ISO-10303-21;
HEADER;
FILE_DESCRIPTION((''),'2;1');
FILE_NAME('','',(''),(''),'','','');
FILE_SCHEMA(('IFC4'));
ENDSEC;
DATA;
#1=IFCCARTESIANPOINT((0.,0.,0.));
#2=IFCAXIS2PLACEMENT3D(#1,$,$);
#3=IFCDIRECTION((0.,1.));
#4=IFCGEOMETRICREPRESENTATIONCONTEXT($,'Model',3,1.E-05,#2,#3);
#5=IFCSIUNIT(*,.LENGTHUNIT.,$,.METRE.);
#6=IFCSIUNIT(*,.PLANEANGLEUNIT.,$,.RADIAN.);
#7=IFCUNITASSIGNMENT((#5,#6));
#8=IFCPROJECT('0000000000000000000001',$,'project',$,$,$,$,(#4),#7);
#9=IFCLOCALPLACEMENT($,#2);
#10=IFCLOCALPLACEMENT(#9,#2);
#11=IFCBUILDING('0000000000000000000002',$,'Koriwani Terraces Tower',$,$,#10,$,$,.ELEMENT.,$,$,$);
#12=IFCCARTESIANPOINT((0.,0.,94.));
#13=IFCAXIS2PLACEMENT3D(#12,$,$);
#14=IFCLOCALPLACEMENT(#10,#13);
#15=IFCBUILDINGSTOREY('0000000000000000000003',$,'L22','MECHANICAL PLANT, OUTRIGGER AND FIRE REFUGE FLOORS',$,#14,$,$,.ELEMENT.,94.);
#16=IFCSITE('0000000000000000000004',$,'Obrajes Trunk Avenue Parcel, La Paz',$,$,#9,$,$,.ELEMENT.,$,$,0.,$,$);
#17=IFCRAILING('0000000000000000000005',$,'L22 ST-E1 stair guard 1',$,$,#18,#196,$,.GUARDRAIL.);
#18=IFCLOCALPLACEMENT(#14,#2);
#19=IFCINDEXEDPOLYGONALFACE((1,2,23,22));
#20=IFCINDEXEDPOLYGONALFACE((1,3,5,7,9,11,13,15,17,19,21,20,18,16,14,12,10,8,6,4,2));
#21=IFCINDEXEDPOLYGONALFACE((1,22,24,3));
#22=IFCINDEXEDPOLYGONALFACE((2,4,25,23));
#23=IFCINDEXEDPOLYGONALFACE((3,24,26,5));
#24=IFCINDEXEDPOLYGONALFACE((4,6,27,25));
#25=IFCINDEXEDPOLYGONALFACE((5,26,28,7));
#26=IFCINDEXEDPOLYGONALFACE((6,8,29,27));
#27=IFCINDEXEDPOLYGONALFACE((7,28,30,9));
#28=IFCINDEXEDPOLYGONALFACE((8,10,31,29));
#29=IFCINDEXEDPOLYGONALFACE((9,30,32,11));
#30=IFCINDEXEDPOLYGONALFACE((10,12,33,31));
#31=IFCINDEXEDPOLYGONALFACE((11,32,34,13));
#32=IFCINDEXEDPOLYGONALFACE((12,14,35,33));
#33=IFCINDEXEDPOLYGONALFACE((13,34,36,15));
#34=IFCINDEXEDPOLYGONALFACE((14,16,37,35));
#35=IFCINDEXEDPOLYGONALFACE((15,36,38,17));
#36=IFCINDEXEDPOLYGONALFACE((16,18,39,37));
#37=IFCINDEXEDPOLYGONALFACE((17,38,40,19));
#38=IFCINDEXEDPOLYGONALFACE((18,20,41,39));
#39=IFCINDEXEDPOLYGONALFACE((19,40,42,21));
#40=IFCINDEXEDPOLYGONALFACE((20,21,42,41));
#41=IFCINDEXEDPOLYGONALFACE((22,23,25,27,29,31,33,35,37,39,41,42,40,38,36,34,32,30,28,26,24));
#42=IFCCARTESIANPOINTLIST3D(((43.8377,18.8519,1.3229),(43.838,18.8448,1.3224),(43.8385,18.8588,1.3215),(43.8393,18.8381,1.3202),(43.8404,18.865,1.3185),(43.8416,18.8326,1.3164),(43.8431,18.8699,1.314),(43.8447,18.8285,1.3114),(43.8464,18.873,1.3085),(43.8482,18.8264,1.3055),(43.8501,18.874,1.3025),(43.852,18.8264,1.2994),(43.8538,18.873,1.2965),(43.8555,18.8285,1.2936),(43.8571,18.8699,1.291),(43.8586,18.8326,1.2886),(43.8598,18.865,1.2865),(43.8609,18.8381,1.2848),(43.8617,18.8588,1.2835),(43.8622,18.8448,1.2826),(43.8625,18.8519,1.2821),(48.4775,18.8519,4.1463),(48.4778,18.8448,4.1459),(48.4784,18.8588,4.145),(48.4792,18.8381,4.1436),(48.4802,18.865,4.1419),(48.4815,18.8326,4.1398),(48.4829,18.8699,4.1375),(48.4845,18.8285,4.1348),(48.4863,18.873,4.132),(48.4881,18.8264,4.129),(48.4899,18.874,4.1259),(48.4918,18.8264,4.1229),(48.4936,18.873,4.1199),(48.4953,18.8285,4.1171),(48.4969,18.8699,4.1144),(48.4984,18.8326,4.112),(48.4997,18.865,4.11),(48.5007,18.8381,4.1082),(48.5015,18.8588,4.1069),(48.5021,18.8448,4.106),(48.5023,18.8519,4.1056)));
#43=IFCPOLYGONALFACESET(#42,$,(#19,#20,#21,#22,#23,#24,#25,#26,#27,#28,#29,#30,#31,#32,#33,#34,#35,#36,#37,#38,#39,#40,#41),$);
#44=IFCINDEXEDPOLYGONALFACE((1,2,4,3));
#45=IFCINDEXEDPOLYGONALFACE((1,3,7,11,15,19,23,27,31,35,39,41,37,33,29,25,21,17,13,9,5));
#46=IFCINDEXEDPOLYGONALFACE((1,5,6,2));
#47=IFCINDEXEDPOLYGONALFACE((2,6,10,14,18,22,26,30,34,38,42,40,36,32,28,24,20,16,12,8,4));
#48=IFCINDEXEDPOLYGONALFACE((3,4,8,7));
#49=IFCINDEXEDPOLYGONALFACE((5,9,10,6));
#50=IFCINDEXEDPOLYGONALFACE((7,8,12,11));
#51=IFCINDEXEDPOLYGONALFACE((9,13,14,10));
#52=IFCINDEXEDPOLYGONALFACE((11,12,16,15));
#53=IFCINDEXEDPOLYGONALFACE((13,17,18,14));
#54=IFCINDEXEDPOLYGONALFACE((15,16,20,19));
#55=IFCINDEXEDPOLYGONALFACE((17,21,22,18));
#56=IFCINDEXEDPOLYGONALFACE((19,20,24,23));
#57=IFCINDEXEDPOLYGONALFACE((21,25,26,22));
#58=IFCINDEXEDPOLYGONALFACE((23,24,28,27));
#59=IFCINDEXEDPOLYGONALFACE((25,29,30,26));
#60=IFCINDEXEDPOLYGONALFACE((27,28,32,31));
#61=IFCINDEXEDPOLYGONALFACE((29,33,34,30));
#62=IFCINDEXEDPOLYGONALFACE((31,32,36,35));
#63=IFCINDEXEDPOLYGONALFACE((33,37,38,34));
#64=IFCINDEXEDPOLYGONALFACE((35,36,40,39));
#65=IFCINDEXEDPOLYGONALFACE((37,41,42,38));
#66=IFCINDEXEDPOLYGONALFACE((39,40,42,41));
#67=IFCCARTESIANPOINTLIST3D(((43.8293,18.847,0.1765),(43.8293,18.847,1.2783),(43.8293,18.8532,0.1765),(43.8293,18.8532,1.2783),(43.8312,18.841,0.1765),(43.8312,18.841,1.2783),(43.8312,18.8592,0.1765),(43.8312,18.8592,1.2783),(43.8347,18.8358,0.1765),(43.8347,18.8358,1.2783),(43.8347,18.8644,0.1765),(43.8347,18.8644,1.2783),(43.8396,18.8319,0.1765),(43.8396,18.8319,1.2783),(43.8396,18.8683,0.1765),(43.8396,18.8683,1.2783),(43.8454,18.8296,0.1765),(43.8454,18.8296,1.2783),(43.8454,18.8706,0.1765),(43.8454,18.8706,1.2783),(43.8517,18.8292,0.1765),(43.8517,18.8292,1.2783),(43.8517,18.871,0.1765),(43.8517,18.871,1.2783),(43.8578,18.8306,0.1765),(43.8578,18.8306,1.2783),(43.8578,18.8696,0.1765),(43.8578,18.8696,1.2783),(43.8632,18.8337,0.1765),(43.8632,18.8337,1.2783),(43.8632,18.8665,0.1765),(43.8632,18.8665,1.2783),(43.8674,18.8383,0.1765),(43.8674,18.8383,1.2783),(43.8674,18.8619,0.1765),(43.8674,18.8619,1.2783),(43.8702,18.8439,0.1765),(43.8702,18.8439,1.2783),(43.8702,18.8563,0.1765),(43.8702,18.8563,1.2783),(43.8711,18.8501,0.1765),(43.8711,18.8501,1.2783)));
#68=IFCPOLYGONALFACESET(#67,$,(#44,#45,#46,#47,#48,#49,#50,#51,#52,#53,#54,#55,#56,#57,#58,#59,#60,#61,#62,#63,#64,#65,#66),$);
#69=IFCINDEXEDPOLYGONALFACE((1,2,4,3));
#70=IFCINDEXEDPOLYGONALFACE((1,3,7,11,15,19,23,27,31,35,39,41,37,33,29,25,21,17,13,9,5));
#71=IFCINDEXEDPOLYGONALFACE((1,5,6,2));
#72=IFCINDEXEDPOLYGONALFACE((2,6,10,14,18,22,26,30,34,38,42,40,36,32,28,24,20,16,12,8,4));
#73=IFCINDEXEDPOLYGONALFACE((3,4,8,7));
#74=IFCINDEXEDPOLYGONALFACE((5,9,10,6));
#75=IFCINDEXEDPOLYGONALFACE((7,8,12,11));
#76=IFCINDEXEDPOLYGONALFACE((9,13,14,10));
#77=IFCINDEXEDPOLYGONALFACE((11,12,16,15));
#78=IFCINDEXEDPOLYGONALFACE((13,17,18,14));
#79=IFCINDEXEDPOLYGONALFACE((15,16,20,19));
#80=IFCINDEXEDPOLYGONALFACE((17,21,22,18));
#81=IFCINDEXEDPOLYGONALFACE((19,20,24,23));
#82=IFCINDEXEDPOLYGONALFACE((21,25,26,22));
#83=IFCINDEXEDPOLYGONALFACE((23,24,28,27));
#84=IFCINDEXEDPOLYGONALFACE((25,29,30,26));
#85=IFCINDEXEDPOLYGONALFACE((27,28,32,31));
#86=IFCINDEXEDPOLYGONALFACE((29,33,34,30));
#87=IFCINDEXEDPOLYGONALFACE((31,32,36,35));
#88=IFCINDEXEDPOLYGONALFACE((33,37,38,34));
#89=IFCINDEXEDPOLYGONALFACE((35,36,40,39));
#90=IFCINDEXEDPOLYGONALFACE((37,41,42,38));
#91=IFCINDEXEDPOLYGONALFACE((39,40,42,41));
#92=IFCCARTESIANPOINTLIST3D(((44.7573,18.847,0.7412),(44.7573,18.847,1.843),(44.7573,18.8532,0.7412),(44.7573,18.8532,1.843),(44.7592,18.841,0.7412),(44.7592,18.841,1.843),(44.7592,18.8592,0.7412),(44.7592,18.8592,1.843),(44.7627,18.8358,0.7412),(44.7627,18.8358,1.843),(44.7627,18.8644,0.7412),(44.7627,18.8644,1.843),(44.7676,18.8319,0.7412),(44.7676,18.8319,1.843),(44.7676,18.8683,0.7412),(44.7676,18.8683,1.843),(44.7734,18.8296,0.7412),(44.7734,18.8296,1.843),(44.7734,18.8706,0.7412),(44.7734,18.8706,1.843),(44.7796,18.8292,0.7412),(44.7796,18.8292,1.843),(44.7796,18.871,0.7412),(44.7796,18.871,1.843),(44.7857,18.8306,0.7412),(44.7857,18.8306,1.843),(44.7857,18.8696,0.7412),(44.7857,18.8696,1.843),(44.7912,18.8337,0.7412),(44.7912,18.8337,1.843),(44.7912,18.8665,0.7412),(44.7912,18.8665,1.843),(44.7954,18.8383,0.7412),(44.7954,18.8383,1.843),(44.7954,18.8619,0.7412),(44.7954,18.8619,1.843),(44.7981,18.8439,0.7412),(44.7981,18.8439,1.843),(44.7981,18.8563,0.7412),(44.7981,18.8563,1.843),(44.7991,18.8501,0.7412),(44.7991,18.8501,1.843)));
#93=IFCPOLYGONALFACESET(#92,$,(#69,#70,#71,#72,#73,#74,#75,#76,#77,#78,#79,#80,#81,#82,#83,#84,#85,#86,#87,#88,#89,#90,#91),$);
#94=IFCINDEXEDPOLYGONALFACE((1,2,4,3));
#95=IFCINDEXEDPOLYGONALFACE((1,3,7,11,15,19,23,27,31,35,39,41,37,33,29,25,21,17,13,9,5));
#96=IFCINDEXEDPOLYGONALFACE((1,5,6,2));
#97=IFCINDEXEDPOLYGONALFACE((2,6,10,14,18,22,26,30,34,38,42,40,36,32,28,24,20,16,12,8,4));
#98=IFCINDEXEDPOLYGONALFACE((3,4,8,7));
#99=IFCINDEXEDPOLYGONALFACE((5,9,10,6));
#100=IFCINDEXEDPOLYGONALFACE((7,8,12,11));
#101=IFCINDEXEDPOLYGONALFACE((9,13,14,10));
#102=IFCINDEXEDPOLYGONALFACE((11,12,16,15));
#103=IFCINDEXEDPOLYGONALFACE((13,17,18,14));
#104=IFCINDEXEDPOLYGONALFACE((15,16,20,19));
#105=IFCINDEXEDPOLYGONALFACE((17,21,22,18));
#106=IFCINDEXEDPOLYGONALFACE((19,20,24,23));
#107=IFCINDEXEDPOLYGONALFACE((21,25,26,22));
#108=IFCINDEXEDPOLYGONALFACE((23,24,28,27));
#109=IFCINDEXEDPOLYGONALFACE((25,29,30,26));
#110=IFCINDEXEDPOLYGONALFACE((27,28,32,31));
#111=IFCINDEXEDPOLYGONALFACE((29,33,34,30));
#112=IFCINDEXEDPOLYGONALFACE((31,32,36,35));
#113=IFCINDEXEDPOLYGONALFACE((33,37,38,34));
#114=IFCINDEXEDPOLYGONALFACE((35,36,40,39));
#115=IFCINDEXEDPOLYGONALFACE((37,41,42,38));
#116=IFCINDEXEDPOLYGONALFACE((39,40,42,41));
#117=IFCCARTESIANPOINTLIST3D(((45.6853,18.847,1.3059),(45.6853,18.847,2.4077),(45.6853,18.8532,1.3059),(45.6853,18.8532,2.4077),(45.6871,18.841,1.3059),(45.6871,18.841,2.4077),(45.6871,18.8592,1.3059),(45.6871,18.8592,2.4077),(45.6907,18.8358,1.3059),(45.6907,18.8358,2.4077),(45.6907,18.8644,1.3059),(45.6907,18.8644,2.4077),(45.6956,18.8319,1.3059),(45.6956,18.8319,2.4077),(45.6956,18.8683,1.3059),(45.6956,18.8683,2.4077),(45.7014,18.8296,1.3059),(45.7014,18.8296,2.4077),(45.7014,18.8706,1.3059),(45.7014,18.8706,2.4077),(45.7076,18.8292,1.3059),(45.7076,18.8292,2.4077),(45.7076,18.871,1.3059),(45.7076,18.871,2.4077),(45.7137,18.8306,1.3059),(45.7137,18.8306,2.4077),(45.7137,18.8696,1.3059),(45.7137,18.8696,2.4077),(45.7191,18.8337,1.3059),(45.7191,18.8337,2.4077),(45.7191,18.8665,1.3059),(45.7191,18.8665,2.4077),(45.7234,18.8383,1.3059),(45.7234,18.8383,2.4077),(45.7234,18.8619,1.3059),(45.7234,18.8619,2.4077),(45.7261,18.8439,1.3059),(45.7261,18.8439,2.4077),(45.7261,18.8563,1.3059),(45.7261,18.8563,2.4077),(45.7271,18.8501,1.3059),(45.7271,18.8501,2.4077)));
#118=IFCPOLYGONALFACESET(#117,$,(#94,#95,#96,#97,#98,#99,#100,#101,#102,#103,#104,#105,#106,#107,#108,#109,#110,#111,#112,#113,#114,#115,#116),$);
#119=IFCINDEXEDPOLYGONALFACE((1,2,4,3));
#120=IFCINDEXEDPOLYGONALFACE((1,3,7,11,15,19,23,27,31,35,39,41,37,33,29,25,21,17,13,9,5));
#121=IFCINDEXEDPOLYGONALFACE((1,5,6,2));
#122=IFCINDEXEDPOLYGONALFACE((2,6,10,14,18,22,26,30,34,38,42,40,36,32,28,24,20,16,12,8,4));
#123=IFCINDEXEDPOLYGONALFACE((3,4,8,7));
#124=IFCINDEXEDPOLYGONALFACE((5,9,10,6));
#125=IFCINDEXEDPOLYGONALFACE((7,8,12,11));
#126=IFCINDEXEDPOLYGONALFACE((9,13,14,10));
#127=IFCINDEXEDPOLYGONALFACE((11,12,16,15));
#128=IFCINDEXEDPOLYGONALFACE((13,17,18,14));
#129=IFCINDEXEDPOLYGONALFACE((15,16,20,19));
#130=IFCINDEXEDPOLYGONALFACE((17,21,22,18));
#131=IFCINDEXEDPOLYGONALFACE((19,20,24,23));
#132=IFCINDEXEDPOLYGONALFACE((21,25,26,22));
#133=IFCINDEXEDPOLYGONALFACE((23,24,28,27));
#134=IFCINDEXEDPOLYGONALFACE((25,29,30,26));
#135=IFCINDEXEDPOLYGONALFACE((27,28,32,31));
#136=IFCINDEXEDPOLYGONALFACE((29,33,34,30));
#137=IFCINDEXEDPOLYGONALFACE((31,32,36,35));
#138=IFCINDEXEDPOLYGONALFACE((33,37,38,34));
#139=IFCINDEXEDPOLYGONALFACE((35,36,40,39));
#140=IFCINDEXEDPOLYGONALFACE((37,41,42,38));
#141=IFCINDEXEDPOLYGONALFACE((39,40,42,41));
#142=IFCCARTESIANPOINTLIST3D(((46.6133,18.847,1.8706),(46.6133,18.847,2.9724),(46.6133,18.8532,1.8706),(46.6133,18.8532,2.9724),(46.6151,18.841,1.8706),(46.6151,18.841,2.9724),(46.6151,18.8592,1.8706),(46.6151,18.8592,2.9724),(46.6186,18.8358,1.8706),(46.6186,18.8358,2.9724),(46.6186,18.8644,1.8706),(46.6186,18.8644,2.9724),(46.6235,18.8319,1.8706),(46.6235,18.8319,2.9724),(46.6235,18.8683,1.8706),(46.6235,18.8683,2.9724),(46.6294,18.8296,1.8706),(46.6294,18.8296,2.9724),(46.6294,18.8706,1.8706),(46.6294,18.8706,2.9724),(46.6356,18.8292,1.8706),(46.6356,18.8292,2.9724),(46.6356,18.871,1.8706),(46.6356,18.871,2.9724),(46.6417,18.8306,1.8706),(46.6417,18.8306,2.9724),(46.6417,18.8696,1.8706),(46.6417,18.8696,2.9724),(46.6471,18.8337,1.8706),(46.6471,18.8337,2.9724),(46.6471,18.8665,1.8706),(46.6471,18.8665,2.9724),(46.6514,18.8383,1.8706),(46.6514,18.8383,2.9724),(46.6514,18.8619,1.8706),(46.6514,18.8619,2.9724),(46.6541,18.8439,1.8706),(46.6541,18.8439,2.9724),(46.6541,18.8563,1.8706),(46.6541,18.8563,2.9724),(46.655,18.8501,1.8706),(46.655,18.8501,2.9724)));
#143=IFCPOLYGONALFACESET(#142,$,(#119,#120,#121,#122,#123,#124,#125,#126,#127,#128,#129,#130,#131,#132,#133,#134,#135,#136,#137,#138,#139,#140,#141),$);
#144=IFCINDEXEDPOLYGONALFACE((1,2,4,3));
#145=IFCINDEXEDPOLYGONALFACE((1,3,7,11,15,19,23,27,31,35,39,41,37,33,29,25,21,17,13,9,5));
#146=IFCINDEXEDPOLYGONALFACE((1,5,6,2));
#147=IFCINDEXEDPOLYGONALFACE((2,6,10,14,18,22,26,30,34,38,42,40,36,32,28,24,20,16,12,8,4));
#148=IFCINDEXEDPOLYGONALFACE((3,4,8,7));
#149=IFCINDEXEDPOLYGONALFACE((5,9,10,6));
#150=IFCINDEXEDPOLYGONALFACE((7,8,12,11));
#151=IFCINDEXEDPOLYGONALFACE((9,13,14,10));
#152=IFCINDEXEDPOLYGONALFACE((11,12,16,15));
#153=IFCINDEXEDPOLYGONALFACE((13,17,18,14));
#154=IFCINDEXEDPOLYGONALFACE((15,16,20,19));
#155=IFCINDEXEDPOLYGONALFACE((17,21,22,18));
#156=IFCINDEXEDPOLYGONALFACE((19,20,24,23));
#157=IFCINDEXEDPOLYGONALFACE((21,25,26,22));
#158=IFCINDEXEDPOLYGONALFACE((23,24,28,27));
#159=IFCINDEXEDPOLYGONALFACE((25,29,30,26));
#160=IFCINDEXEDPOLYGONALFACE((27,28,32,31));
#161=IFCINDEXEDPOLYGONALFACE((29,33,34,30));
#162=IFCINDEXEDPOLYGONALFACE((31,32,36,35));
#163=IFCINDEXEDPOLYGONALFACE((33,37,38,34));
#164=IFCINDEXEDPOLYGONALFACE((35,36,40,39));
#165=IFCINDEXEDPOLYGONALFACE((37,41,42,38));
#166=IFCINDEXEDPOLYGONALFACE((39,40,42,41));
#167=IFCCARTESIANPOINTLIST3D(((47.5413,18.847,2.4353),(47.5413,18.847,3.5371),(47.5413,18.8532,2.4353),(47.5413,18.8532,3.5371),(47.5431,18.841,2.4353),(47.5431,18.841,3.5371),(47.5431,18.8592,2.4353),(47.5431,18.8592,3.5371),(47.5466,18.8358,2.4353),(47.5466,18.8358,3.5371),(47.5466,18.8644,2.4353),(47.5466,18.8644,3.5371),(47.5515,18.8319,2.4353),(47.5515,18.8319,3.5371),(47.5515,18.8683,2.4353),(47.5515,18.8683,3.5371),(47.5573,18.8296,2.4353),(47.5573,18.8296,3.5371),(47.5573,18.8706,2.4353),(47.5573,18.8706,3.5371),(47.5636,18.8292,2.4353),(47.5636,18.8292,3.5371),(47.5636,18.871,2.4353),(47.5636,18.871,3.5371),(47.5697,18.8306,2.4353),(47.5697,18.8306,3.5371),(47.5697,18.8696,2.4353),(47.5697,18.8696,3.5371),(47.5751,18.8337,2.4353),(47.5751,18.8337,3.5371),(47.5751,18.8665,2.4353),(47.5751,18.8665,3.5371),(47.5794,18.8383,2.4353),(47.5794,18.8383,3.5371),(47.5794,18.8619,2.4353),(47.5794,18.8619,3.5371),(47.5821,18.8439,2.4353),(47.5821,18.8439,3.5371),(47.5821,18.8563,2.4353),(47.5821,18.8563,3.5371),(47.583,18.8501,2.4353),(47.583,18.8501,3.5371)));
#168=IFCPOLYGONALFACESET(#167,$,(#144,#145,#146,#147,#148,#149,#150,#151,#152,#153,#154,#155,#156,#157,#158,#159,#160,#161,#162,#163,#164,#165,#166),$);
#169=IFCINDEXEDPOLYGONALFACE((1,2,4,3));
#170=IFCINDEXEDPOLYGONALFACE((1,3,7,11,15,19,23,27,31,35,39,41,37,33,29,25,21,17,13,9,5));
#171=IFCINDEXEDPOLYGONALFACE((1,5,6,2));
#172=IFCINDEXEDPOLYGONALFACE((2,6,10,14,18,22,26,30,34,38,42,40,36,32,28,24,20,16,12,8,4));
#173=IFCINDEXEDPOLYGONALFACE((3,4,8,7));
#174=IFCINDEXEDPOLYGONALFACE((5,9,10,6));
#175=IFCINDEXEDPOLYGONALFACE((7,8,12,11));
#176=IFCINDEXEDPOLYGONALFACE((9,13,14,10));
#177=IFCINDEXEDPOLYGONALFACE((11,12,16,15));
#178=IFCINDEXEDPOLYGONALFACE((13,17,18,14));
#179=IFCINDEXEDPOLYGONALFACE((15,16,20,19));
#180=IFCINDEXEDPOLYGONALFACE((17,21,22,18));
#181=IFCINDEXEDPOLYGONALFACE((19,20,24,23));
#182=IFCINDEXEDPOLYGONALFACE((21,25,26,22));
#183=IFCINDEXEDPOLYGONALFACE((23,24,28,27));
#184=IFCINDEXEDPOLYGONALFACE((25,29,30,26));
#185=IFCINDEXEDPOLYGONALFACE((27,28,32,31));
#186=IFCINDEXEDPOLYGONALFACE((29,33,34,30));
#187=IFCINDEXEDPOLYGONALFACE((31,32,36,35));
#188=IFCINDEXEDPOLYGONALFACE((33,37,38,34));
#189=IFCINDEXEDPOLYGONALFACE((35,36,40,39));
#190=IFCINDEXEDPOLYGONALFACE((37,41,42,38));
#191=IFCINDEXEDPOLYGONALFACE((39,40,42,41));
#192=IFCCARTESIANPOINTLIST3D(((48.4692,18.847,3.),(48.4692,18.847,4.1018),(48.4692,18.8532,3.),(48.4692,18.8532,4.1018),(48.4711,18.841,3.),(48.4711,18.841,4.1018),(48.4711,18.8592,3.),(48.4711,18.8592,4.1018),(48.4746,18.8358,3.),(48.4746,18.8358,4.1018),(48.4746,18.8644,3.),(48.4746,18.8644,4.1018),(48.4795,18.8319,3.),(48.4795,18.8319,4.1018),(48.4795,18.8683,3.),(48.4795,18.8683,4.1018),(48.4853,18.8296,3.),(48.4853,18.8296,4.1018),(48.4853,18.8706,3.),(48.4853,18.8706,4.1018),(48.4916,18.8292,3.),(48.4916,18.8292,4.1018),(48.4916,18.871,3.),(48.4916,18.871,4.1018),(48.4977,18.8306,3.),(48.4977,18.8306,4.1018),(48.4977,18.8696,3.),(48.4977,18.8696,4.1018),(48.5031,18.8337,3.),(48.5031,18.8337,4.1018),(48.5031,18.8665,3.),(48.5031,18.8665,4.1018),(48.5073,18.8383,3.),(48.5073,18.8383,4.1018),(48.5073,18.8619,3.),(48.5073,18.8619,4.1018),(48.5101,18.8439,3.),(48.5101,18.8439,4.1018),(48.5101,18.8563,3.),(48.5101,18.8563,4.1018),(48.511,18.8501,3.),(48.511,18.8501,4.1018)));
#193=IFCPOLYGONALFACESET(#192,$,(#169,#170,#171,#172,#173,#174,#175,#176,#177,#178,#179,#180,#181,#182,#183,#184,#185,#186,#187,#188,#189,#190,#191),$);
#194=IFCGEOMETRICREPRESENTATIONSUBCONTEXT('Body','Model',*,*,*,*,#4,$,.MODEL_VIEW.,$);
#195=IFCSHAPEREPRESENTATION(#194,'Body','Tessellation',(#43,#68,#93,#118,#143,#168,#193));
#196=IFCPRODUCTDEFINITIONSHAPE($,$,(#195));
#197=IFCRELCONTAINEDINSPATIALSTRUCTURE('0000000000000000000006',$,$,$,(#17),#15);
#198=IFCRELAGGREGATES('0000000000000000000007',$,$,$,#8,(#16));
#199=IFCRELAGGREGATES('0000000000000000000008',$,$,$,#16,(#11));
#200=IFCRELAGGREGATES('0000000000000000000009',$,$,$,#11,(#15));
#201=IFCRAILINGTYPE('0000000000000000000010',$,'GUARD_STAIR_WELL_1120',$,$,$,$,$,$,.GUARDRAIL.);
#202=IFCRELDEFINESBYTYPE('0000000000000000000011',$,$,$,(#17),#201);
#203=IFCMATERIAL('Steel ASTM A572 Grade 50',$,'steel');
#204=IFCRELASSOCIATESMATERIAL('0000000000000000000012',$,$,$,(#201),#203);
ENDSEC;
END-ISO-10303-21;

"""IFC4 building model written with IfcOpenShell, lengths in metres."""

from ifc_helpers import new_model, si_unit, direction, frame, origin, origin_2d, place, context, subcontext, project, spatial, circle, extrude, material, type_object, element, save


model = new_model("IFC4")

# Units and contexts
model_context = context("Model", 3, precision=1e-05, world=origin(), true_north=direction((0.0, 1.0)))
body_context = subcontext(model_context, "Body", "Model", "MODEL_VIEW")
ifc_project = project(units=[si_unit("LENGTHUNIT", "METRE"), si_unit("PLANEANGLEUNIT", "RADIAN")], contexts=[model_context])

# Site, building, storey
site_placement = place(None, origin())
site = spatial("IfcSite", under=ifc_project, at=site_placement, Name="Obrajes Trunk Avenue Parcel, La Paz", CompositionType="ELEMENT", RefElevation=0.0)
building_placement = place(site_placement, origin())
building = spatial("IfcBuilding", under=site, at=building_placement, Name="Koriwani Terraces Tower", CompositionType="ELEMENT")
storey_placement = place(building_placement, frame((0.0, 0.0, 94.0)))
storey = spatial("IfcBuildingStorey", under=building, at=storey_placement, Name="L22", Description="MECHANICAL PLANT, OUTRIGGER AND FIRE REFUGE FLOORS", CompositionType="ELEMENT", Elevation=94.0)

# Shared definitions
ifc_material_1 = material(Name="Steel ASTM A572 Grade 50", Category="steel")

# Railing
railing_type_1 = type_object("IfcRailingType", Name="GUARD_STAIR_WELL_1120", PredefinedType="GUARDRAIL", material=ifc_material_1)
railing_1_placement = place(storey_placement, frame((43.8501, 18.8501, 0.1765)))
element("IfcRailing", 1, at=railing_1_placement, inside=storey, type_object=railing_type_1, Name="L22 ST-E1 stair guard 1", PredefinedType="GUARDRAIL", context=body_context, shape_type="SweptSolid", body=[
    extrude(circle(Radius=0.0239, at=origin_2d()), frame((0.0, 0.0, 1.126), z_axis=(0.854264, 0.0, 0.51984), x_axis=(0.0, 1.0, 0.0)), (0.0, 0.0, 1.0), 5.4314),
    extrude(circle(Radius=0.021, at=origin_2d()), origin(), (0.0, 0.0, 1.0), 1.1018),
    extrude(circle(Radius=0.021, at=origin_2d()), frame((0.928, 0.0, 0.5647)), (0.0, 0.0, 1.0), 1.1018),
    extrude(circle(Radius=0.021, at=origin_2d()), frame((1.856, 0.0, 1.1294)), (0.0, 0.0, 1.0), 1.1018),
    extrude(circle(Radius=0.021, at=origin_2d()), frame((2.7839, 0.0, 1.6941)), (0.0, 0.0, 1.0), 1.1018),
    extrude(circle(Radius=0.021, at=origin_2d()), frame((3.7119, 0.0, 2.2588)), (0.0, 0.0, 1.0), 1.1018),
    extrude(circle(Radius=0.021, at=origin_2d()), frame((4.6399, 0.0, 2.8235)), (0.0, 0.0, 1.0), 1.1018),
])

save(model, "model.ifc")
